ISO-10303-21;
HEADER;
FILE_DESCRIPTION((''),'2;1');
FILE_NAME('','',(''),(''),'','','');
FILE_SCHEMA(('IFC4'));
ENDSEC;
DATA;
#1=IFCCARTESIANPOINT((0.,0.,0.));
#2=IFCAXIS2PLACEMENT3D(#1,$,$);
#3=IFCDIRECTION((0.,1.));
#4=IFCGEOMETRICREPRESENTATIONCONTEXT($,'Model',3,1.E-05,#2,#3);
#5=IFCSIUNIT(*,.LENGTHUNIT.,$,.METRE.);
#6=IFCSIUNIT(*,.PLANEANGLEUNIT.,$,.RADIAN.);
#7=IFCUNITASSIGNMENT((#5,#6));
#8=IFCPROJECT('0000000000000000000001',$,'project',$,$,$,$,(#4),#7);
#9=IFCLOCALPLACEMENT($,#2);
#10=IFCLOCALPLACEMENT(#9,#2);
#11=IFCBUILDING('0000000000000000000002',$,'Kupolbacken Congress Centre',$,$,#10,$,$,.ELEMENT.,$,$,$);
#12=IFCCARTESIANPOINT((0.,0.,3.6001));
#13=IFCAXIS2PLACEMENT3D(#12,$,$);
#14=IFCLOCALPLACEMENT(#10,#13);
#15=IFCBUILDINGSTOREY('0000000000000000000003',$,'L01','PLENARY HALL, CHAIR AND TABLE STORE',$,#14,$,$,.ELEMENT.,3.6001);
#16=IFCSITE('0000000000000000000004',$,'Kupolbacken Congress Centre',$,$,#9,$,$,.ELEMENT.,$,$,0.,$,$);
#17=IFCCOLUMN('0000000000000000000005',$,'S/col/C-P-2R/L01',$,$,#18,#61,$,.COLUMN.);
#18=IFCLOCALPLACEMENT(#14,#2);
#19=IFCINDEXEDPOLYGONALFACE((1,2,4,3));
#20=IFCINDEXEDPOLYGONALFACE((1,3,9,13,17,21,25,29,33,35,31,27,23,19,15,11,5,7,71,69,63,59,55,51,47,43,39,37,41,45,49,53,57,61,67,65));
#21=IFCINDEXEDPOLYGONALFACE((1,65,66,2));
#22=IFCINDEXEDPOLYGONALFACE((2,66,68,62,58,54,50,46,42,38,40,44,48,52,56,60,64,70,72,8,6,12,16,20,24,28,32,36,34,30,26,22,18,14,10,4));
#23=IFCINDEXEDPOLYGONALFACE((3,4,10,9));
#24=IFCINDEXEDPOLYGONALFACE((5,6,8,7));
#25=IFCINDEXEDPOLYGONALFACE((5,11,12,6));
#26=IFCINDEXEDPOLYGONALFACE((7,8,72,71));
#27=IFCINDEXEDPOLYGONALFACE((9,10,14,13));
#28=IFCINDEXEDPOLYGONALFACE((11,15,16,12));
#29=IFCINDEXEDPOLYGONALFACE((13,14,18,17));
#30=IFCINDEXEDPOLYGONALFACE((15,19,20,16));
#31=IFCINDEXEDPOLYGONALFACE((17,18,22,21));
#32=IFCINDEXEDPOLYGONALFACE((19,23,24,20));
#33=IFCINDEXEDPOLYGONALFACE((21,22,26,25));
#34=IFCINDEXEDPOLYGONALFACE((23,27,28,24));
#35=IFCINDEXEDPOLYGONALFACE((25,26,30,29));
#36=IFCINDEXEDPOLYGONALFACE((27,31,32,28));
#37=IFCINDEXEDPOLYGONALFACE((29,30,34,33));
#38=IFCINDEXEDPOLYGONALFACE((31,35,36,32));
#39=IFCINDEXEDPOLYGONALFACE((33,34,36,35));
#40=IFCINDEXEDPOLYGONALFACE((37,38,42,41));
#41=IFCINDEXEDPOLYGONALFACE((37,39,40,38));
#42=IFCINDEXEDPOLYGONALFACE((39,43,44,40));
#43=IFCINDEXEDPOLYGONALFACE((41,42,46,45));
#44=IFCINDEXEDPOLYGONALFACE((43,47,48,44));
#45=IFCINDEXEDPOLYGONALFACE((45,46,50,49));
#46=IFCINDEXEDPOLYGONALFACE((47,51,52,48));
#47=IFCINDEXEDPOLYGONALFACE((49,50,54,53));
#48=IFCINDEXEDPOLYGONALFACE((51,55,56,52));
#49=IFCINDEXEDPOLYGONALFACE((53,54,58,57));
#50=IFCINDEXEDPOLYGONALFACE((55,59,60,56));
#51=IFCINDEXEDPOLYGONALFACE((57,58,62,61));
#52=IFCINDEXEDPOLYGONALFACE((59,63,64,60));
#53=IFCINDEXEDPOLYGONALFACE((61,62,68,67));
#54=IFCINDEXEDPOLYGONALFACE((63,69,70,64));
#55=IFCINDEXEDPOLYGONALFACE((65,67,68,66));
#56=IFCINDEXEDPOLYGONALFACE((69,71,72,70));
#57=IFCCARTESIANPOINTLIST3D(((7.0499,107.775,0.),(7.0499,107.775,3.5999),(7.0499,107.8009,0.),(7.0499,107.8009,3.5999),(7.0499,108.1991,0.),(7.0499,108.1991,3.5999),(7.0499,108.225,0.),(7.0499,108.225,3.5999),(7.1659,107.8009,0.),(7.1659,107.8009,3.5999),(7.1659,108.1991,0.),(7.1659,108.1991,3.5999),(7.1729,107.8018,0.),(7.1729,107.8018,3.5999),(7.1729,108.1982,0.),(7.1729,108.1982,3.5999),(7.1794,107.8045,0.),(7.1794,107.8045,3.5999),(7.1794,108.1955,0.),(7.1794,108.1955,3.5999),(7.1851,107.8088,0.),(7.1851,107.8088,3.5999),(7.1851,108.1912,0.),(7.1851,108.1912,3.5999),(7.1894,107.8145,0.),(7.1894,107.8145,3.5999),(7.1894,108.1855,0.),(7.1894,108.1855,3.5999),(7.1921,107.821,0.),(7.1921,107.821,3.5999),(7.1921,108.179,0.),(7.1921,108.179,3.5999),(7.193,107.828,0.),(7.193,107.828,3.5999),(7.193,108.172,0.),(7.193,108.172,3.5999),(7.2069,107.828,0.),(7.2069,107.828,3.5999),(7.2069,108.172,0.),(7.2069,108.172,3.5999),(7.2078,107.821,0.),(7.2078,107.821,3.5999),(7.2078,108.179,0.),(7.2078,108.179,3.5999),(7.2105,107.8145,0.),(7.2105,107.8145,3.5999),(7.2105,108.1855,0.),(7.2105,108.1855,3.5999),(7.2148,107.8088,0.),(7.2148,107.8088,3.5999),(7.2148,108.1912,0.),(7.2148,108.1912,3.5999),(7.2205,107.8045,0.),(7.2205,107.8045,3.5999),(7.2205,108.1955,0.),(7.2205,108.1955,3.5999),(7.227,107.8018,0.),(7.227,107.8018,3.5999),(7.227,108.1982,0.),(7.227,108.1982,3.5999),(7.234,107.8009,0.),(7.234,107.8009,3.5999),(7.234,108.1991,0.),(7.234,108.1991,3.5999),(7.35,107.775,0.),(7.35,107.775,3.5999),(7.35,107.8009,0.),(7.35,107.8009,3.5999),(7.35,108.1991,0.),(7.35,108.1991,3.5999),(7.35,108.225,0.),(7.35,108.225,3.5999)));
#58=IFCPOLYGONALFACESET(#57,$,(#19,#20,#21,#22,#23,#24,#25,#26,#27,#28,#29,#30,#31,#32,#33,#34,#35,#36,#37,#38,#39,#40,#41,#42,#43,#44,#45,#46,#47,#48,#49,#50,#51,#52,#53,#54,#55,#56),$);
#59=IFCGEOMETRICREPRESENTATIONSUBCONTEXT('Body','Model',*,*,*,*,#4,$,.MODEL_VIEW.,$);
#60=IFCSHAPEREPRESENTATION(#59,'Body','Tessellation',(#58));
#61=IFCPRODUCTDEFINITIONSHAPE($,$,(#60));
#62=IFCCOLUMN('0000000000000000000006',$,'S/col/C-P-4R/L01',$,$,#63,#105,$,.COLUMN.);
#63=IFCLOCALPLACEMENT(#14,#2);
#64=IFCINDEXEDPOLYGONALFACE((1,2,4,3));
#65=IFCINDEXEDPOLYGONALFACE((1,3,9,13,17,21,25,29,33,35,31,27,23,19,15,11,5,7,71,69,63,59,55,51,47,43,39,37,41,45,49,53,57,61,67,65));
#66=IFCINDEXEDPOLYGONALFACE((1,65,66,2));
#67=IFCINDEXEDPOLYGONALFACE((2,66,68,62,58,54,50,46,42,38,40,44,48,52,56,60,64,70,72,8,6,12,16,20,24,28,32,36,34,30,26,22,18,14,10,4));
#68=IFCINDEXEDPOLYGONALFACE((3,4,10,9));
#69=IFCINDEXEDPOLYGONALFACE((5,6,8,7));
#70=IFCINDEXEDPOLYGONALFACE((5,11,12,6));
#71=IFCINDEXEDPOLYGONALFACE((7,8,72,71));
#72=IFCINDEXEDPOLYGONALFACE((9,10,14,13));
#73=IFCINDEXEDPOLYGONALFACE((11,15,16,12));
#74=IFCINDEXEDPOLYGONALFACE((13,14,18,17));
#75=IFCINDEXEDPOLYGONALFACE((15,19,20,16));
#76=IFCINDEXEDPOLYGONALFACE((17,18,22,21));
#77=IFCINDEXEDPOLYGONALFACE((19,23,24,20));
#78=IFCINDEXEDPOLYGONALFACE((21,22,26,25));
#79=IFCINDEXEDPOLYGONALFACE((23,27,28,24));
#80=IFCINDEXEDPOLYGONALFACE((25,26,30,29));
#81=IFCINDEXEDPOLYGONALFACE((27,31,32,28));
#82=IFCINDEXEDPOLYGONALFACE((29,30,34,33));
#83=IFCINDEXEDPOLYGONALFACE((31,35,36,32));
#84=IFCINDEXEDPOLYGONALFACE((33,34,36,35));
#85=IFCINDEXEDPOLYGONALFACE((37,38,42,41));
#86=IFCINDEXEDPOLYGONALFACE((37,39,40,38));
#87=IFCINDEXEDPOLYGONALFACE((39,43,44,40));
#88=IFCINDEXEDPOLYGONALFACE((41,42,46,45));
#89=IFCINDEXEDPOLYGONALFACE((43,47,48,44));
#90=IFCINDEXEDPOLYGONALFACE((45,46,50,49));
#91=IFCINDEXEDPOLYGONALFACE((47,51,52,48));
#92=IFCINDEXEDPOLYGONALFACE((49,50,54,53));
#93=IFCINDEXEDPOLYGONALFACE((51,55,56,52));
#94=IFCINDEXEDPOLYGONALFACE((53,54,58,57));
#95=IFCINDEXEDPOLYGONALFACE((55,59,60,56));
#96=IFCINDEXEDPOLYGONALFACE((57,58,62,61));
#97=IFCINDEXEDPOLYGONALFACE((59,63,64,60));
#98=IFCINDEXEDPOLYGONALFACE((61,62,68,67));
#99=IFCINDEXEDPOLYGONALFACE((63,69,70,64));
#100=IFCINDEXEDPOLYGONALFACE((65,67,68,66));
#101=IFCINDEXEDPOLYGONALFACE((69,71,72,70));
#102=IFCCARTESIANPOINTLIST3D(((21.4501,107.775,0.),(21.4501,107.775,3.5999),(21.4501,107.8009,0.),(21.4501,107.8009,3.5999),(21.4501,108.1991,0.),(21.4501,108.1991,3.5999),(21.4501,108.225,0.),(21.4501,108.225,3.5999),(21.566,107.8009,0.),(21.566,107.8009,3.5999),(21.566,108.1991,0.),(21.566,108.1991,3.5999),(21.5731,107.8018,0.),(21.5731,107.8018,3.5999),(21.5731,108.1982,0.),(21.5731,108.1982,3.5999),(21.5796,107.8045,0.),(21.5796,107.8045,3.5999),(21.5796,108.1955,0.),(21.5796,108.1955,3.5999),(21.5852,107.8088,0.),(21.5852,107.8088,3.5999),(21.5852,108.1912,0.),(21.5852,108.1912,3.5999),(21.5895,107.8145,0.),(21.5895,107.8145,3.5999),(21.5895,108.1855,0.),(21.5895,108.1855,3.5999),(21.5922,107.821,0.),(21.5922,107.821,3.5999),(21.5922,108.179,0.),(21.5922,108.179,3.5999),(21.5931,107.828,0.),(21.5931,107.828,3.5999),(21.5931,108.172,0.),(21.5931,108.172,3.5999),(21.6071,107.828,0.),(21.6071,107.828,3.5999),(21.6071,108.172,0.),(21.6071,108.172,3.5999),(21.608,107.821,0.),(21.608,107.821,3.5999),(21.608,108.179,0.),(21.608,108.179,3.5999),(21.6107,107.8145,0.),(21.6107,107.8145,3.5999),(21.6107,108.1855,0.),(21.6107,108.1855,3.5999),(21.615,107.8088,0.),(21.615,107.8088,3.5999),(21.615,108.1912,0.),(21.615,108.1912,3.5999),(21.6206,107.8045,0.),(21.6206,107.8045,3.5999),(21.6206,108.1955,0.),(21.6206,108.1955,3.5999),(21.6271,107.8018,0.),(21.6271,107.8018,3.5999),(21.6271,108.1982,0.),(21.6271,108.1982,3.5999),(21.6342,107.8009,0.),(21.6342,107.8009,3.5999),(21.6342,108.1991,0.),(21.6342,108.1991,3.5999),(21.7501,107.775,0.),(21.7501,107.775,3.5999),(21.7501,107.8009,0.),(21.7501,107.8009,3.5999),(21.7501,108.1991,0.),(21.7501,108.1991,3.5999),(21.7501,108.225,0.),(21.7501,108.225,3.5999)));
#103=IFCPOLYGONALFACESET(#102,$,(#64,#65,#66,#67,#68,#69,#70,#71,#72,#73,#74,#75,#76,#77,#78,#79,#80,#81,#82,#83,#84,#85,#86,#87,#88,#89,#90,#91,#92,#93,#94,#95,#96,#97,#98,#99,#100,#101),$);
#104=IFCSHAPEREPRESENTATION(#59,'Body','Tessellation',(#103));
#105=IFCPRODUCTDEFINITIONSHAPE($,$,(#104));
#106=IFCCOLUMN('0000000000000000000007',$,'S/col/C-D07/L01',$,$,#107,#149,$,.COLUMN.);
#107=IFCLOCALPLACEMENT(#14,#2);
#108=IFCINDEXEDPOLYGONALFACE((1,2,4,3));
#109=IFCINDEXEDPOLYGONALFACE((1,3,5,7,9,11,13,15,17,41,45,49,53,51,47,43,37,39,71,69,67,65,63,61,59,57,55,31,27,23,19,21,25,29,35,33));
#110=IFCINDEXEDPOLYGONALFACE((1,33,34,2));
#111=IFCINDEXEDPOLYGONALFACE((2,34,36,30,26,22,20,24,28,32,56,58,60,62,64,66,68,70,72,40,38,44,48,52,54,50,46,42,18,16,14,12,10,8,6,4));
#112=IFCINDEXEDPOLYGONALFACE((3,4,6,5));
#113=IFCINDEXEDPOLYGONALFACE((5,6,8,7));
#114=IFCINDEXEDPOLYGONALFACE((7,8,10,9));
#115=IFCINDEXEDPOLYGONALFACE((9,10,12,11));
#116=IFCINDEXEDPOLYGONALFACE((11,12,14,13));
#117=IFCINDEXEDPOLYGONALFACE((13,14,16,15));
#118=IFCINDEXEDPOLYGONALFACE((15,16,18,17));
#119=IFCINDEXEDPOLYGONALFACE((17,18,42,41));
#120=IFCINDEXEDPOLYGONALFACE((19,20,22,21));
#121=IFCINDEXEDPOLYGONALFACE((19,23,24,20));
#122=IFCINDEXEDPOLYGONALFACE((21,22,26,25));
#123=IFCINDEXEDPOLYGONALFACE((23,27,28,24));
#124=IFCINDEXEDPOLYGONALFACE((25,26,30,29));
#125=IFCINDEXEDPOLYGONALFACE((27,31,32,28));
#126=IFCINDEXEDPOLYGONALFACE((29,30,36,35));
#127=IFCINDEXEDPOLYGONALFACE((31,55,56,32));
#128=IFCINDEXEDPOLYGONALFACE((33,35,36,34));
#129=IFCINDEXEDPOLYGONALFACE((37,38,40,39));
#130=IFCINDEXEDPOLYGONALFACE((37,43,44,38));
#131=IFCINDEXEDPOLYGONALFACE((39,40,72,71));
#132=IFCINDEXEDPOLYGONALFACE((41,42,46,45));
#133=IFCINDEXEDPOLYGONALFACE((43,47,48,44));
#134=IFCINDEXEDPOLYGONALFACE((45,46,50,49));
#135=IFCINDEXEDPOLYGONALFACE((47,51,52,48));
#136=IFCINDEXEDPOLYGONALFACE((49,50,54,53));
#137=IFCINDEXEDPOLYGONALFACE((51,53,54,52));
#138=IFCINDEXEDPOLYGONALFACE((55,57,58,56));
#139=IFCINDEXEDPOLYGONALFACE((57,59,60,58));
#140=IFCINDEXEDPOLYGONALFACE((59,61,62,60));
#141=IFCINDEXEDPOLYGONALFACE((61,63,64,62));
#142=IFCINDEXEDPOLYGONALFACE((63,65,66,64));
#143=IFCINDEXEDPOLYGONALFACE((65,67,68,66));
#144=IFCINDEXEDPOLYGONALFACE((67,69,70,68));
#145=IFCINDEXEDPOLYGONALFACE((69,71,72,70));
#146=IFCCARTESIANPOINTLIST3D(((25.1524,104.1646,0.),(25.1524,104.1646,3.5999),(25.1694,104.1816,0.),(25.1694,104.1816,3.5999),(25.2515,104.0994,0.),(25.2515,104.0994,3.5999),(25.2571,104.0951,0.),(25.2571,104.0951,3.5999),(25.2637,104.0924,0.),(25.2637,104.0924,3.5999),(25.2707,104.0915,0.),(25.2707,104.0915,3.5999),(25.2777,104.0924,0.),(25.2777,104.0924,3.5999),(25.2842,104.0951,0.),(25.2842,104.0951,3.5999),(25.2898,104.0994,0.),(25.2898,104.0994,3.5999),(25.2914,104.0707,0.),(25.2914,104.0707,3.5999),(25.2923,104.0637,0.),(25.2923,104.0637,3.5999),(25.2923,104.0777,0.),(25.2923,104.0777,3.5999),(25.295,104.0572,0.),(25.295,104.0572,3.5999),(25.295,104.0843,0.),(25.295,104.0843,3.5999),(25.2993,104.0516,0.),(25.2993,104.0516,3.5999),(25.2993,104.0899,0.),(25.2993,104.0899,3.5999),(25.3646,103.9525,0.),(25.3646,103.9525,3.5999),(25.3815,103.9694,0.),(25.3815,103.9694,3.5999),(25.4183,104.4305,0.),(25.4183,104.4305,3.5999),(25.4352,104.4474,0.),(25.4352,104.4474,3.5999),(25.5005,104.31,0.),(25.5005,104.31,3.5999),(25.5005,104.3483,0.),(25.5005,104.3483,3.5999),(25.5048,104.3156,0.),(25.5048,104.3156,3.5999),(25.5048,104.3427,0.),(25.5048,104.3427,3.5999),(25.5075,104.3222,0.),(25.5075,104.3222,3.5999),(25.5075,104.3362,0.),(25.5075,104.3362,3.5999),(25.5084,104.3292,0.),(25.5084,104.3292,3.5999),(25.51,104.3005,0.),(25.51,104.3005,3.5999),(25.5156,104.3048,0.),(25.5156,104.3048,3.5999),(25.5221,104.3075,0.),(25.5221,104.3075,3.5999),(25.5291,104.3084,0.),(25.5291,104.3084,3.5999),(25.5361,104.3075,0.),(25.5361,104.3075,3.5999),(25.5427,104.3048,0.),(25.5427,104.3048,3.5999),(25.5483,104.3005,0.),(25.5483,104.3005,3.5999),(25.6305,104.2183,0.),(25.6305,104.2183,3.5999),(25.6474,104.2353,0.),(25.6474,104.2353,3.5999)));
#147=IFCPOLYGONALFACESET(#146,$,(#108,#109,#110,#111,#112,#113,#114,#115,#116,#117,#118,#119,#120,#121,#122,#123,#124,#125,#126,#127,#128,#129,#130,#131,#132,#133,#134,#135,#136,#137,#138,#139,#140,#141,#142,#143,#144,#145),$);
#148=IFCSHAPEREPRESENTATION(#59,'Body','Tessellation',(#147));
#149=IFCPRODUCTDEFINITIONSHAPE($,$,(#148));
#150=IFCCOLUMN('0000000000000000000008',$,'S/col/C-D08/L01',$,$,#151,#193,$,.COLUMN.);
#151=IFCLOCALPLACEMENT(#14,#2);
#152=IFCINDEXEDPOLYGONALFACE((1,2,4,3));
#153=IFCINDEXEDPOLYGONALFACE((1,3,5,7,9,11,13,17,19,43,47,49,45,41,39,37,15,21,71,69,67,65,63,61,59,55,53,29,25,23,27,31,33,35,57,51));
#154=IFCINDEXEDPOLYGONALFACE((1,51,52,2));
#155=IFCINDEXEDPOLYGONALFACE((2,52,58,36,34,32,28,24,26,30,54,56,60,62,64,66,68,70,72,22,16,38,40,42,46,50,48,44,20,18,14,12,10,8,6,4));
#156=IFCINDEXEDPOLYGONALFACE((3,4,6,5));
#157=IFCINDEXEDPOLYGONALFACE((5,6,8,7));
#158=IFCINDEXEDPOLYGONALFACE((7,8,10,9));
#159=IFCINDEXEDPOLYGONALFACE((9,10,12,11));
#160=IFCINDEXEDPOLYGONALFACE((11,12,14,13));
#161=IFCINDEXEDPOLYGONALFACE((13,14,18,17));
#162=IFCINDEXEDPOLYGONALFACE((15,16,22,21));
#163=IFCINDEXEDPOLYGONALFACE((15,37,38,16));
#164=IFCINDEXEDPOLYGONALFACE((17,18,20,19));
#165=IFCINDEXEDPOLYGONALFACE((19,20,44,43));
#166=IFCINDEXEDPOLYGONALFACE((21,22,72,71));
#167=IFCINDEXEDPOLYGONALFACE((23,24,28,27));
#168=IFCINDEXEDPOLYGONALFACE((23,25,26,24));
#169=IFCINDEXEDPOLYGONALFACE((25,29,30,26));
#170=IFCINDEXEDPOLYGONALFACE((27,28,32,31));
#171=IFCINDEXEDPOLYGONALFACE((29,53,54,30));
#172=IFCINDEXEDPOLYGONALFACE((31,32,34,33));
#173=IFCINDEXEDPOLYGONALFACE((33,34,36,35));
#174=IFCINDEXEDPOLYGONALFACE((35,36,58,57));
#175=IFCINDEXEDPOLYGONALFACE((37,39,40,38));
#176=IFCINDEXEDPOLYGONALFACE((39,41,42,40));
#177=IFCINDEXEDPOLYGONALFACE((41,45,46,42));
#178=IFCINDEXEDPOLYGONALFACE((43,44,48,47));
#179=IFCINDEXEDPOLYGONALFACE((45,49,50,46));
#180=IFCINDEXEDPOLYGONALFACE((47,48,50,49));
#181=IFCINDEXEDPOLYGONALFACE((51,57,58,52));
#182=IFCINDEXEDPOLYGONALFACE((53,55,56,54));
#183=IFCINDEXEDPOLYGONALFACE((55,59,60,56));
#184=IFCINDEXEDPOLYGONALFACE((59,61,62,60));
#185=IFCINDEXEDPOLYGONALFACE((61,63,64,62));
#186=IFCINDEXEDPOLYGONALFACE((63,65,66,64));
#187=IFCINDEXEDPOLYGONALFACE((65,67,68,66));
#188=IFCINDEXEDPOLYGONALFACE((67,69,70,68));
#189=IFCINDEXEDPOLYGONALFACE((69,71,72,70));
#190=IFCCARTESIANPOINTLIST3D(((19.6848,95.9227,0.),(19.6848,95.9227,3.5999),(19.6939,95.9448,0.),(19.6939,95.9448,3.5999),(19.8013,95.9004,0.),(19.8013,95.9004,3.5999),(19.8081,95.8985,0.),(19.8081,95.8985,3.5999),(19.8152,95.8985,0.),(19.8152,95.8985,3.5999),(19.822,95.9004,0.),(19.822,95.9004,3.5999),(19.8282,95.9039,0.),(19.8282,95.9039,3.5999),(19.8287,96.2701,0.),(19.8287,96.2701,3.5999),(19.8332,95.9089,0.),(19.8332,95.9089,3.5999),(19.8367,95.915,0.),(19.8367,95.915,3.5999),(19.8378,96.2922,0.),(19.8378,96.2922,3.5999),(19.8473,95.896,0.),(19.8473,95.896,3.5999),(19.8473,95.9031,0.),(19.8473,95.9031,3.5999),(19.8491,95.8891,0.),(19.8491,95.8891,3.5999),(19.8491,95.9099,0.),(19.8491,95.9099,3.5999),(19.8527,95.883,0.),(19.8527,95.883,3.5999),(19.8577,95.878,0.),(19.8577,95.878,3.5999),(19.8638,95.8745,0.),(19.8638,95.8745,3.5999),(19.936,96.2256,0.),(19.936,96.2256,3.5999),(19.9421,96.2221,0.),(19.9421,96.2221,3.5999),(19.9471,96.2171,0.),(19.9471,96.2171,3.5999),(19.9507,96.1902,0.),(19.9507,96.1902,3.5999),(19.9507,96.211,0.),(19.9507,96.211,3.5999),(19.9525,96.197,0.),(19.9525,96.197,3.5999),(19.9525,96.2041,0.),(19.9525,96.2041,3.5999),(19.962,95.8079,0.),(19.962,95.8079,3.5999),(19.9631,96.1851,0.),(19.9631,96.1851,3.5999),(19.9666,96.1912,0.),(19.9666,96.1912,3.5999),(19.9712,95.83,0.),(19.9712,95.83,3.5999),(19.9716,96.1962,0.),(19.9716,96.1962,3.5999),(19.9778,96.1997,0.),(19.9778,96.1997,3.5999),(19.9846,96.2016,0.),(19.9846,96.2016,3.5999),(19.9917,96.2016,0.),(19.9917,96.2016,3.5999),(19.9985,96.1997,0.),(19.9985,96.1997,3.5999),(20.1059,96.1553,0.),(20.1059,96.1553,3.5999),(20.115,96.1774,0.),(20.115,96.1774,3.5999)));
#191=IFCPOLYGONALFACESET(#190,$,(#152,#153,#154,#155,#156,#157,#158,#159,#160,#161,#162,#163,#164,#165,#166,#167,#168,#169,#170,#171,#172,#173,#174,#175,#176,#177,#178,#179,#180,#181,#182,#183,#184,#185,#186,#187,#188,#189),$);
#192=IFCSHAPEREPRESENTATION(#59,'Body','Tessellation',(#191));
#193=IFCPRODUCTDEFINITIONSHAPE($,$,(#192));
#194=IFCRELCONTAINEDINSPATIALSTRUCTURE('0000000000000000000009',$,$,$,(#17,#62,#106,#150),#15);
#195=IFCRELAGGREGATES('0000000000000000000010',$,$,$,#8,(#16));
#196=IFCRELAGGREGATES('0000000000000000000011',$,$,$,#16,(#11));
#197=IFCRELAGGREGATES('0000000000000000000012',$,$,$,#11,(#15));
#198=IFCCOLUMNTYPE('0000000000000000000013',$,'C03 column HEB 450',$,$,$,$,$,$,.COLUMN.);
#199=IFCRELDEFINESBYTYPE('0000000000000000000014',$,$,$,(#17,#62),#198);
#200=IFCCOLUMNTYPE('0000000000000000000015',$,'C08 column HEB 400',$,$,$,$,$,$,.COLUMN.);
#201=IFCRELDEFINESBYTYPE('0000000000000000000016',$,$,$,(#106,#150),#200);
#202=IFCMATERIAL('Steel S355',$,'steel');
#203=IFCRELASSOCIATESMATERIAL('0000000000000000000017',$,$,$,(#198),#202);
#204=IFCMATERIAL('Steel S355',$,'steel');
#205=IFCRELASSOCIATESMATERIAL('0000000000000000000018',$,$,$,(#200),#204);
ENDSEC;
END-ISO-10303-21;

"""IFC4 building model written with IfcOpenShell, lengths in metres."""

from ifc_helpers import new_model, si_unit, direction, frame, origin, origin_2d, place, context, subcontext, project, spatial, i_section, extrude, material, material_profile, profile_set, type_object, element, save


model = new_model("IFC4")

# Units and contexts
model_context = context("Model", 3, precision=1e-05, world=origin(), true_north=direction((0.0, 1.0)))
body_context = subcontext(model_context, "Body", "Model", "MODEL_VIEW")
ifc_project = project(units=[si_unit("LENGTHUNIT", "METRE"), si_unit("PLANEANGLEUNIT", "RADIAN")], contexts=[model_context])

# Site, building, storey
site_placement = place(None, origin())
site = spatial("IfcSite", under=ifc_project, at=site_placement, Name="Kupolbacken Congress Centre", CompositionType="ELEMENT", RefElevation=0.0)
building_placement = place(site_placement, origin())
building = spatial("IfcBuilding", under=site, at=building_placement, Name="Kupolbacken Congress Centre", CompositionType="ELEMENT")
storey_placement = place(building_placement, frame((0.0, 0.0, 3.6001)))
storey = spatial("IfcBuildingStorey", under=building, at=storey_placement, Name="L01", Description="PLENARY HALL, CHAIR AND TABLE STORE", CompositionType="ELEMENT", Elevation=3.6001)

# Columns
ifc_material_1 = material(Name="Steel S355", Category="steel")
ifc_material_profile_1 = material_profile(ifc_material_1, i_section(OverallWidth=0.3, OverallDepth=0.45, WebThickness=0.0139, FlangeThickness=0.0259, FilletRadius=0.0271, at=origin_2d()), Name="HEB 450")
ifc_profile_set_1 = profile_set([ifc_material_profile_1], Name="Steel S355")
column_type_1 = type_object("IfcColumnType", Name="C03 column HEB 450", PredefinedType="COLUMN", material=ifc_profile_set_1)
for number, where, z_axis, x_axis, name in (
    (1, (7.2, 108.0, 0.0), (0.0, 0.0, 1.0), (1.0, 0.0, 0.0), "S/col/C-P-2R/L01"),
    (2, (21.6001, 108.0, 0.0), (0.0, 0.0, 1.0), (1.0, 0.0, 0.0), "S/col/C-P-4R/L01"),
):
    element("IfcColumn", number, at=place(storey_placement, frame(where, z_axis=z_axis, x_axis=x_axis)), inside=storey, type_object=column_type_1, Name=name, PredefinedType="COLUMN", context=body_context, shape_type="SweptSolid", body=[
        extrude(i_section(OverallWidth=0.3, OverallDepth=0.45, WebThickness=0.0139, FlangeThickness=0.0259, FilletRadius=0.0271, at=origin_2d()), origin(), (0.0, 0.0, 1.0), 3.5999),
    ])
ifc_material_2 = material(Name="Steel S355", Category="steel")
ifc_material_profile_2 = material_profile(ifc_material_2, i_section(OverallWidth=0.3, OverallDepth=0.3999, WebThickness=0.0134, FlangeThickness=0.0239, FilletRadius=0.0271, at=origin_2d()), Name="HEB 400")
ifc_profile_set_2 = profile_set([ifc_material_profile_2], Name="Steel S355")
column_type_2 = type_object("IfcColumnType", Name="C08 column HEB 400", PredefinedType="COLUMN", material=ifc_profile_set_2)
for number, where, z_axis, x_axis, name in (
    (3, (25.3999, 104.2, 0.0), (0.0, 0.0, 1.0), (-0.707107, 0.707107, 0.0), "S/col/C-D07/L01"),
    (4, (19.8999, 96.05, 0.0), (0.0, 0.0, 1.0), (-0.923896, 0.382644, 0.0), "S/col/C-D08/L01"),
):
    element("IfcColumn", number, at=place(storey_placement, frame(where, z_axis=z_axis, x_axis=x_axis)), inside=storey, type_object=column_type_2, Name=name, PredefinedType="COLUMN", context=body_context, shape_type="SweptSolid", body=[
        extrude(i_section(OverallWidth=0.3, OverallDepth=0.3999, WebThickness=0.0134, FlangeThickness=0.0239, FilletRadius=0.0271, at=origin_2d()), origin(), (0.0, 0.0, 1.0), 3.5999),
    ])

save(model, "model.ifc")
